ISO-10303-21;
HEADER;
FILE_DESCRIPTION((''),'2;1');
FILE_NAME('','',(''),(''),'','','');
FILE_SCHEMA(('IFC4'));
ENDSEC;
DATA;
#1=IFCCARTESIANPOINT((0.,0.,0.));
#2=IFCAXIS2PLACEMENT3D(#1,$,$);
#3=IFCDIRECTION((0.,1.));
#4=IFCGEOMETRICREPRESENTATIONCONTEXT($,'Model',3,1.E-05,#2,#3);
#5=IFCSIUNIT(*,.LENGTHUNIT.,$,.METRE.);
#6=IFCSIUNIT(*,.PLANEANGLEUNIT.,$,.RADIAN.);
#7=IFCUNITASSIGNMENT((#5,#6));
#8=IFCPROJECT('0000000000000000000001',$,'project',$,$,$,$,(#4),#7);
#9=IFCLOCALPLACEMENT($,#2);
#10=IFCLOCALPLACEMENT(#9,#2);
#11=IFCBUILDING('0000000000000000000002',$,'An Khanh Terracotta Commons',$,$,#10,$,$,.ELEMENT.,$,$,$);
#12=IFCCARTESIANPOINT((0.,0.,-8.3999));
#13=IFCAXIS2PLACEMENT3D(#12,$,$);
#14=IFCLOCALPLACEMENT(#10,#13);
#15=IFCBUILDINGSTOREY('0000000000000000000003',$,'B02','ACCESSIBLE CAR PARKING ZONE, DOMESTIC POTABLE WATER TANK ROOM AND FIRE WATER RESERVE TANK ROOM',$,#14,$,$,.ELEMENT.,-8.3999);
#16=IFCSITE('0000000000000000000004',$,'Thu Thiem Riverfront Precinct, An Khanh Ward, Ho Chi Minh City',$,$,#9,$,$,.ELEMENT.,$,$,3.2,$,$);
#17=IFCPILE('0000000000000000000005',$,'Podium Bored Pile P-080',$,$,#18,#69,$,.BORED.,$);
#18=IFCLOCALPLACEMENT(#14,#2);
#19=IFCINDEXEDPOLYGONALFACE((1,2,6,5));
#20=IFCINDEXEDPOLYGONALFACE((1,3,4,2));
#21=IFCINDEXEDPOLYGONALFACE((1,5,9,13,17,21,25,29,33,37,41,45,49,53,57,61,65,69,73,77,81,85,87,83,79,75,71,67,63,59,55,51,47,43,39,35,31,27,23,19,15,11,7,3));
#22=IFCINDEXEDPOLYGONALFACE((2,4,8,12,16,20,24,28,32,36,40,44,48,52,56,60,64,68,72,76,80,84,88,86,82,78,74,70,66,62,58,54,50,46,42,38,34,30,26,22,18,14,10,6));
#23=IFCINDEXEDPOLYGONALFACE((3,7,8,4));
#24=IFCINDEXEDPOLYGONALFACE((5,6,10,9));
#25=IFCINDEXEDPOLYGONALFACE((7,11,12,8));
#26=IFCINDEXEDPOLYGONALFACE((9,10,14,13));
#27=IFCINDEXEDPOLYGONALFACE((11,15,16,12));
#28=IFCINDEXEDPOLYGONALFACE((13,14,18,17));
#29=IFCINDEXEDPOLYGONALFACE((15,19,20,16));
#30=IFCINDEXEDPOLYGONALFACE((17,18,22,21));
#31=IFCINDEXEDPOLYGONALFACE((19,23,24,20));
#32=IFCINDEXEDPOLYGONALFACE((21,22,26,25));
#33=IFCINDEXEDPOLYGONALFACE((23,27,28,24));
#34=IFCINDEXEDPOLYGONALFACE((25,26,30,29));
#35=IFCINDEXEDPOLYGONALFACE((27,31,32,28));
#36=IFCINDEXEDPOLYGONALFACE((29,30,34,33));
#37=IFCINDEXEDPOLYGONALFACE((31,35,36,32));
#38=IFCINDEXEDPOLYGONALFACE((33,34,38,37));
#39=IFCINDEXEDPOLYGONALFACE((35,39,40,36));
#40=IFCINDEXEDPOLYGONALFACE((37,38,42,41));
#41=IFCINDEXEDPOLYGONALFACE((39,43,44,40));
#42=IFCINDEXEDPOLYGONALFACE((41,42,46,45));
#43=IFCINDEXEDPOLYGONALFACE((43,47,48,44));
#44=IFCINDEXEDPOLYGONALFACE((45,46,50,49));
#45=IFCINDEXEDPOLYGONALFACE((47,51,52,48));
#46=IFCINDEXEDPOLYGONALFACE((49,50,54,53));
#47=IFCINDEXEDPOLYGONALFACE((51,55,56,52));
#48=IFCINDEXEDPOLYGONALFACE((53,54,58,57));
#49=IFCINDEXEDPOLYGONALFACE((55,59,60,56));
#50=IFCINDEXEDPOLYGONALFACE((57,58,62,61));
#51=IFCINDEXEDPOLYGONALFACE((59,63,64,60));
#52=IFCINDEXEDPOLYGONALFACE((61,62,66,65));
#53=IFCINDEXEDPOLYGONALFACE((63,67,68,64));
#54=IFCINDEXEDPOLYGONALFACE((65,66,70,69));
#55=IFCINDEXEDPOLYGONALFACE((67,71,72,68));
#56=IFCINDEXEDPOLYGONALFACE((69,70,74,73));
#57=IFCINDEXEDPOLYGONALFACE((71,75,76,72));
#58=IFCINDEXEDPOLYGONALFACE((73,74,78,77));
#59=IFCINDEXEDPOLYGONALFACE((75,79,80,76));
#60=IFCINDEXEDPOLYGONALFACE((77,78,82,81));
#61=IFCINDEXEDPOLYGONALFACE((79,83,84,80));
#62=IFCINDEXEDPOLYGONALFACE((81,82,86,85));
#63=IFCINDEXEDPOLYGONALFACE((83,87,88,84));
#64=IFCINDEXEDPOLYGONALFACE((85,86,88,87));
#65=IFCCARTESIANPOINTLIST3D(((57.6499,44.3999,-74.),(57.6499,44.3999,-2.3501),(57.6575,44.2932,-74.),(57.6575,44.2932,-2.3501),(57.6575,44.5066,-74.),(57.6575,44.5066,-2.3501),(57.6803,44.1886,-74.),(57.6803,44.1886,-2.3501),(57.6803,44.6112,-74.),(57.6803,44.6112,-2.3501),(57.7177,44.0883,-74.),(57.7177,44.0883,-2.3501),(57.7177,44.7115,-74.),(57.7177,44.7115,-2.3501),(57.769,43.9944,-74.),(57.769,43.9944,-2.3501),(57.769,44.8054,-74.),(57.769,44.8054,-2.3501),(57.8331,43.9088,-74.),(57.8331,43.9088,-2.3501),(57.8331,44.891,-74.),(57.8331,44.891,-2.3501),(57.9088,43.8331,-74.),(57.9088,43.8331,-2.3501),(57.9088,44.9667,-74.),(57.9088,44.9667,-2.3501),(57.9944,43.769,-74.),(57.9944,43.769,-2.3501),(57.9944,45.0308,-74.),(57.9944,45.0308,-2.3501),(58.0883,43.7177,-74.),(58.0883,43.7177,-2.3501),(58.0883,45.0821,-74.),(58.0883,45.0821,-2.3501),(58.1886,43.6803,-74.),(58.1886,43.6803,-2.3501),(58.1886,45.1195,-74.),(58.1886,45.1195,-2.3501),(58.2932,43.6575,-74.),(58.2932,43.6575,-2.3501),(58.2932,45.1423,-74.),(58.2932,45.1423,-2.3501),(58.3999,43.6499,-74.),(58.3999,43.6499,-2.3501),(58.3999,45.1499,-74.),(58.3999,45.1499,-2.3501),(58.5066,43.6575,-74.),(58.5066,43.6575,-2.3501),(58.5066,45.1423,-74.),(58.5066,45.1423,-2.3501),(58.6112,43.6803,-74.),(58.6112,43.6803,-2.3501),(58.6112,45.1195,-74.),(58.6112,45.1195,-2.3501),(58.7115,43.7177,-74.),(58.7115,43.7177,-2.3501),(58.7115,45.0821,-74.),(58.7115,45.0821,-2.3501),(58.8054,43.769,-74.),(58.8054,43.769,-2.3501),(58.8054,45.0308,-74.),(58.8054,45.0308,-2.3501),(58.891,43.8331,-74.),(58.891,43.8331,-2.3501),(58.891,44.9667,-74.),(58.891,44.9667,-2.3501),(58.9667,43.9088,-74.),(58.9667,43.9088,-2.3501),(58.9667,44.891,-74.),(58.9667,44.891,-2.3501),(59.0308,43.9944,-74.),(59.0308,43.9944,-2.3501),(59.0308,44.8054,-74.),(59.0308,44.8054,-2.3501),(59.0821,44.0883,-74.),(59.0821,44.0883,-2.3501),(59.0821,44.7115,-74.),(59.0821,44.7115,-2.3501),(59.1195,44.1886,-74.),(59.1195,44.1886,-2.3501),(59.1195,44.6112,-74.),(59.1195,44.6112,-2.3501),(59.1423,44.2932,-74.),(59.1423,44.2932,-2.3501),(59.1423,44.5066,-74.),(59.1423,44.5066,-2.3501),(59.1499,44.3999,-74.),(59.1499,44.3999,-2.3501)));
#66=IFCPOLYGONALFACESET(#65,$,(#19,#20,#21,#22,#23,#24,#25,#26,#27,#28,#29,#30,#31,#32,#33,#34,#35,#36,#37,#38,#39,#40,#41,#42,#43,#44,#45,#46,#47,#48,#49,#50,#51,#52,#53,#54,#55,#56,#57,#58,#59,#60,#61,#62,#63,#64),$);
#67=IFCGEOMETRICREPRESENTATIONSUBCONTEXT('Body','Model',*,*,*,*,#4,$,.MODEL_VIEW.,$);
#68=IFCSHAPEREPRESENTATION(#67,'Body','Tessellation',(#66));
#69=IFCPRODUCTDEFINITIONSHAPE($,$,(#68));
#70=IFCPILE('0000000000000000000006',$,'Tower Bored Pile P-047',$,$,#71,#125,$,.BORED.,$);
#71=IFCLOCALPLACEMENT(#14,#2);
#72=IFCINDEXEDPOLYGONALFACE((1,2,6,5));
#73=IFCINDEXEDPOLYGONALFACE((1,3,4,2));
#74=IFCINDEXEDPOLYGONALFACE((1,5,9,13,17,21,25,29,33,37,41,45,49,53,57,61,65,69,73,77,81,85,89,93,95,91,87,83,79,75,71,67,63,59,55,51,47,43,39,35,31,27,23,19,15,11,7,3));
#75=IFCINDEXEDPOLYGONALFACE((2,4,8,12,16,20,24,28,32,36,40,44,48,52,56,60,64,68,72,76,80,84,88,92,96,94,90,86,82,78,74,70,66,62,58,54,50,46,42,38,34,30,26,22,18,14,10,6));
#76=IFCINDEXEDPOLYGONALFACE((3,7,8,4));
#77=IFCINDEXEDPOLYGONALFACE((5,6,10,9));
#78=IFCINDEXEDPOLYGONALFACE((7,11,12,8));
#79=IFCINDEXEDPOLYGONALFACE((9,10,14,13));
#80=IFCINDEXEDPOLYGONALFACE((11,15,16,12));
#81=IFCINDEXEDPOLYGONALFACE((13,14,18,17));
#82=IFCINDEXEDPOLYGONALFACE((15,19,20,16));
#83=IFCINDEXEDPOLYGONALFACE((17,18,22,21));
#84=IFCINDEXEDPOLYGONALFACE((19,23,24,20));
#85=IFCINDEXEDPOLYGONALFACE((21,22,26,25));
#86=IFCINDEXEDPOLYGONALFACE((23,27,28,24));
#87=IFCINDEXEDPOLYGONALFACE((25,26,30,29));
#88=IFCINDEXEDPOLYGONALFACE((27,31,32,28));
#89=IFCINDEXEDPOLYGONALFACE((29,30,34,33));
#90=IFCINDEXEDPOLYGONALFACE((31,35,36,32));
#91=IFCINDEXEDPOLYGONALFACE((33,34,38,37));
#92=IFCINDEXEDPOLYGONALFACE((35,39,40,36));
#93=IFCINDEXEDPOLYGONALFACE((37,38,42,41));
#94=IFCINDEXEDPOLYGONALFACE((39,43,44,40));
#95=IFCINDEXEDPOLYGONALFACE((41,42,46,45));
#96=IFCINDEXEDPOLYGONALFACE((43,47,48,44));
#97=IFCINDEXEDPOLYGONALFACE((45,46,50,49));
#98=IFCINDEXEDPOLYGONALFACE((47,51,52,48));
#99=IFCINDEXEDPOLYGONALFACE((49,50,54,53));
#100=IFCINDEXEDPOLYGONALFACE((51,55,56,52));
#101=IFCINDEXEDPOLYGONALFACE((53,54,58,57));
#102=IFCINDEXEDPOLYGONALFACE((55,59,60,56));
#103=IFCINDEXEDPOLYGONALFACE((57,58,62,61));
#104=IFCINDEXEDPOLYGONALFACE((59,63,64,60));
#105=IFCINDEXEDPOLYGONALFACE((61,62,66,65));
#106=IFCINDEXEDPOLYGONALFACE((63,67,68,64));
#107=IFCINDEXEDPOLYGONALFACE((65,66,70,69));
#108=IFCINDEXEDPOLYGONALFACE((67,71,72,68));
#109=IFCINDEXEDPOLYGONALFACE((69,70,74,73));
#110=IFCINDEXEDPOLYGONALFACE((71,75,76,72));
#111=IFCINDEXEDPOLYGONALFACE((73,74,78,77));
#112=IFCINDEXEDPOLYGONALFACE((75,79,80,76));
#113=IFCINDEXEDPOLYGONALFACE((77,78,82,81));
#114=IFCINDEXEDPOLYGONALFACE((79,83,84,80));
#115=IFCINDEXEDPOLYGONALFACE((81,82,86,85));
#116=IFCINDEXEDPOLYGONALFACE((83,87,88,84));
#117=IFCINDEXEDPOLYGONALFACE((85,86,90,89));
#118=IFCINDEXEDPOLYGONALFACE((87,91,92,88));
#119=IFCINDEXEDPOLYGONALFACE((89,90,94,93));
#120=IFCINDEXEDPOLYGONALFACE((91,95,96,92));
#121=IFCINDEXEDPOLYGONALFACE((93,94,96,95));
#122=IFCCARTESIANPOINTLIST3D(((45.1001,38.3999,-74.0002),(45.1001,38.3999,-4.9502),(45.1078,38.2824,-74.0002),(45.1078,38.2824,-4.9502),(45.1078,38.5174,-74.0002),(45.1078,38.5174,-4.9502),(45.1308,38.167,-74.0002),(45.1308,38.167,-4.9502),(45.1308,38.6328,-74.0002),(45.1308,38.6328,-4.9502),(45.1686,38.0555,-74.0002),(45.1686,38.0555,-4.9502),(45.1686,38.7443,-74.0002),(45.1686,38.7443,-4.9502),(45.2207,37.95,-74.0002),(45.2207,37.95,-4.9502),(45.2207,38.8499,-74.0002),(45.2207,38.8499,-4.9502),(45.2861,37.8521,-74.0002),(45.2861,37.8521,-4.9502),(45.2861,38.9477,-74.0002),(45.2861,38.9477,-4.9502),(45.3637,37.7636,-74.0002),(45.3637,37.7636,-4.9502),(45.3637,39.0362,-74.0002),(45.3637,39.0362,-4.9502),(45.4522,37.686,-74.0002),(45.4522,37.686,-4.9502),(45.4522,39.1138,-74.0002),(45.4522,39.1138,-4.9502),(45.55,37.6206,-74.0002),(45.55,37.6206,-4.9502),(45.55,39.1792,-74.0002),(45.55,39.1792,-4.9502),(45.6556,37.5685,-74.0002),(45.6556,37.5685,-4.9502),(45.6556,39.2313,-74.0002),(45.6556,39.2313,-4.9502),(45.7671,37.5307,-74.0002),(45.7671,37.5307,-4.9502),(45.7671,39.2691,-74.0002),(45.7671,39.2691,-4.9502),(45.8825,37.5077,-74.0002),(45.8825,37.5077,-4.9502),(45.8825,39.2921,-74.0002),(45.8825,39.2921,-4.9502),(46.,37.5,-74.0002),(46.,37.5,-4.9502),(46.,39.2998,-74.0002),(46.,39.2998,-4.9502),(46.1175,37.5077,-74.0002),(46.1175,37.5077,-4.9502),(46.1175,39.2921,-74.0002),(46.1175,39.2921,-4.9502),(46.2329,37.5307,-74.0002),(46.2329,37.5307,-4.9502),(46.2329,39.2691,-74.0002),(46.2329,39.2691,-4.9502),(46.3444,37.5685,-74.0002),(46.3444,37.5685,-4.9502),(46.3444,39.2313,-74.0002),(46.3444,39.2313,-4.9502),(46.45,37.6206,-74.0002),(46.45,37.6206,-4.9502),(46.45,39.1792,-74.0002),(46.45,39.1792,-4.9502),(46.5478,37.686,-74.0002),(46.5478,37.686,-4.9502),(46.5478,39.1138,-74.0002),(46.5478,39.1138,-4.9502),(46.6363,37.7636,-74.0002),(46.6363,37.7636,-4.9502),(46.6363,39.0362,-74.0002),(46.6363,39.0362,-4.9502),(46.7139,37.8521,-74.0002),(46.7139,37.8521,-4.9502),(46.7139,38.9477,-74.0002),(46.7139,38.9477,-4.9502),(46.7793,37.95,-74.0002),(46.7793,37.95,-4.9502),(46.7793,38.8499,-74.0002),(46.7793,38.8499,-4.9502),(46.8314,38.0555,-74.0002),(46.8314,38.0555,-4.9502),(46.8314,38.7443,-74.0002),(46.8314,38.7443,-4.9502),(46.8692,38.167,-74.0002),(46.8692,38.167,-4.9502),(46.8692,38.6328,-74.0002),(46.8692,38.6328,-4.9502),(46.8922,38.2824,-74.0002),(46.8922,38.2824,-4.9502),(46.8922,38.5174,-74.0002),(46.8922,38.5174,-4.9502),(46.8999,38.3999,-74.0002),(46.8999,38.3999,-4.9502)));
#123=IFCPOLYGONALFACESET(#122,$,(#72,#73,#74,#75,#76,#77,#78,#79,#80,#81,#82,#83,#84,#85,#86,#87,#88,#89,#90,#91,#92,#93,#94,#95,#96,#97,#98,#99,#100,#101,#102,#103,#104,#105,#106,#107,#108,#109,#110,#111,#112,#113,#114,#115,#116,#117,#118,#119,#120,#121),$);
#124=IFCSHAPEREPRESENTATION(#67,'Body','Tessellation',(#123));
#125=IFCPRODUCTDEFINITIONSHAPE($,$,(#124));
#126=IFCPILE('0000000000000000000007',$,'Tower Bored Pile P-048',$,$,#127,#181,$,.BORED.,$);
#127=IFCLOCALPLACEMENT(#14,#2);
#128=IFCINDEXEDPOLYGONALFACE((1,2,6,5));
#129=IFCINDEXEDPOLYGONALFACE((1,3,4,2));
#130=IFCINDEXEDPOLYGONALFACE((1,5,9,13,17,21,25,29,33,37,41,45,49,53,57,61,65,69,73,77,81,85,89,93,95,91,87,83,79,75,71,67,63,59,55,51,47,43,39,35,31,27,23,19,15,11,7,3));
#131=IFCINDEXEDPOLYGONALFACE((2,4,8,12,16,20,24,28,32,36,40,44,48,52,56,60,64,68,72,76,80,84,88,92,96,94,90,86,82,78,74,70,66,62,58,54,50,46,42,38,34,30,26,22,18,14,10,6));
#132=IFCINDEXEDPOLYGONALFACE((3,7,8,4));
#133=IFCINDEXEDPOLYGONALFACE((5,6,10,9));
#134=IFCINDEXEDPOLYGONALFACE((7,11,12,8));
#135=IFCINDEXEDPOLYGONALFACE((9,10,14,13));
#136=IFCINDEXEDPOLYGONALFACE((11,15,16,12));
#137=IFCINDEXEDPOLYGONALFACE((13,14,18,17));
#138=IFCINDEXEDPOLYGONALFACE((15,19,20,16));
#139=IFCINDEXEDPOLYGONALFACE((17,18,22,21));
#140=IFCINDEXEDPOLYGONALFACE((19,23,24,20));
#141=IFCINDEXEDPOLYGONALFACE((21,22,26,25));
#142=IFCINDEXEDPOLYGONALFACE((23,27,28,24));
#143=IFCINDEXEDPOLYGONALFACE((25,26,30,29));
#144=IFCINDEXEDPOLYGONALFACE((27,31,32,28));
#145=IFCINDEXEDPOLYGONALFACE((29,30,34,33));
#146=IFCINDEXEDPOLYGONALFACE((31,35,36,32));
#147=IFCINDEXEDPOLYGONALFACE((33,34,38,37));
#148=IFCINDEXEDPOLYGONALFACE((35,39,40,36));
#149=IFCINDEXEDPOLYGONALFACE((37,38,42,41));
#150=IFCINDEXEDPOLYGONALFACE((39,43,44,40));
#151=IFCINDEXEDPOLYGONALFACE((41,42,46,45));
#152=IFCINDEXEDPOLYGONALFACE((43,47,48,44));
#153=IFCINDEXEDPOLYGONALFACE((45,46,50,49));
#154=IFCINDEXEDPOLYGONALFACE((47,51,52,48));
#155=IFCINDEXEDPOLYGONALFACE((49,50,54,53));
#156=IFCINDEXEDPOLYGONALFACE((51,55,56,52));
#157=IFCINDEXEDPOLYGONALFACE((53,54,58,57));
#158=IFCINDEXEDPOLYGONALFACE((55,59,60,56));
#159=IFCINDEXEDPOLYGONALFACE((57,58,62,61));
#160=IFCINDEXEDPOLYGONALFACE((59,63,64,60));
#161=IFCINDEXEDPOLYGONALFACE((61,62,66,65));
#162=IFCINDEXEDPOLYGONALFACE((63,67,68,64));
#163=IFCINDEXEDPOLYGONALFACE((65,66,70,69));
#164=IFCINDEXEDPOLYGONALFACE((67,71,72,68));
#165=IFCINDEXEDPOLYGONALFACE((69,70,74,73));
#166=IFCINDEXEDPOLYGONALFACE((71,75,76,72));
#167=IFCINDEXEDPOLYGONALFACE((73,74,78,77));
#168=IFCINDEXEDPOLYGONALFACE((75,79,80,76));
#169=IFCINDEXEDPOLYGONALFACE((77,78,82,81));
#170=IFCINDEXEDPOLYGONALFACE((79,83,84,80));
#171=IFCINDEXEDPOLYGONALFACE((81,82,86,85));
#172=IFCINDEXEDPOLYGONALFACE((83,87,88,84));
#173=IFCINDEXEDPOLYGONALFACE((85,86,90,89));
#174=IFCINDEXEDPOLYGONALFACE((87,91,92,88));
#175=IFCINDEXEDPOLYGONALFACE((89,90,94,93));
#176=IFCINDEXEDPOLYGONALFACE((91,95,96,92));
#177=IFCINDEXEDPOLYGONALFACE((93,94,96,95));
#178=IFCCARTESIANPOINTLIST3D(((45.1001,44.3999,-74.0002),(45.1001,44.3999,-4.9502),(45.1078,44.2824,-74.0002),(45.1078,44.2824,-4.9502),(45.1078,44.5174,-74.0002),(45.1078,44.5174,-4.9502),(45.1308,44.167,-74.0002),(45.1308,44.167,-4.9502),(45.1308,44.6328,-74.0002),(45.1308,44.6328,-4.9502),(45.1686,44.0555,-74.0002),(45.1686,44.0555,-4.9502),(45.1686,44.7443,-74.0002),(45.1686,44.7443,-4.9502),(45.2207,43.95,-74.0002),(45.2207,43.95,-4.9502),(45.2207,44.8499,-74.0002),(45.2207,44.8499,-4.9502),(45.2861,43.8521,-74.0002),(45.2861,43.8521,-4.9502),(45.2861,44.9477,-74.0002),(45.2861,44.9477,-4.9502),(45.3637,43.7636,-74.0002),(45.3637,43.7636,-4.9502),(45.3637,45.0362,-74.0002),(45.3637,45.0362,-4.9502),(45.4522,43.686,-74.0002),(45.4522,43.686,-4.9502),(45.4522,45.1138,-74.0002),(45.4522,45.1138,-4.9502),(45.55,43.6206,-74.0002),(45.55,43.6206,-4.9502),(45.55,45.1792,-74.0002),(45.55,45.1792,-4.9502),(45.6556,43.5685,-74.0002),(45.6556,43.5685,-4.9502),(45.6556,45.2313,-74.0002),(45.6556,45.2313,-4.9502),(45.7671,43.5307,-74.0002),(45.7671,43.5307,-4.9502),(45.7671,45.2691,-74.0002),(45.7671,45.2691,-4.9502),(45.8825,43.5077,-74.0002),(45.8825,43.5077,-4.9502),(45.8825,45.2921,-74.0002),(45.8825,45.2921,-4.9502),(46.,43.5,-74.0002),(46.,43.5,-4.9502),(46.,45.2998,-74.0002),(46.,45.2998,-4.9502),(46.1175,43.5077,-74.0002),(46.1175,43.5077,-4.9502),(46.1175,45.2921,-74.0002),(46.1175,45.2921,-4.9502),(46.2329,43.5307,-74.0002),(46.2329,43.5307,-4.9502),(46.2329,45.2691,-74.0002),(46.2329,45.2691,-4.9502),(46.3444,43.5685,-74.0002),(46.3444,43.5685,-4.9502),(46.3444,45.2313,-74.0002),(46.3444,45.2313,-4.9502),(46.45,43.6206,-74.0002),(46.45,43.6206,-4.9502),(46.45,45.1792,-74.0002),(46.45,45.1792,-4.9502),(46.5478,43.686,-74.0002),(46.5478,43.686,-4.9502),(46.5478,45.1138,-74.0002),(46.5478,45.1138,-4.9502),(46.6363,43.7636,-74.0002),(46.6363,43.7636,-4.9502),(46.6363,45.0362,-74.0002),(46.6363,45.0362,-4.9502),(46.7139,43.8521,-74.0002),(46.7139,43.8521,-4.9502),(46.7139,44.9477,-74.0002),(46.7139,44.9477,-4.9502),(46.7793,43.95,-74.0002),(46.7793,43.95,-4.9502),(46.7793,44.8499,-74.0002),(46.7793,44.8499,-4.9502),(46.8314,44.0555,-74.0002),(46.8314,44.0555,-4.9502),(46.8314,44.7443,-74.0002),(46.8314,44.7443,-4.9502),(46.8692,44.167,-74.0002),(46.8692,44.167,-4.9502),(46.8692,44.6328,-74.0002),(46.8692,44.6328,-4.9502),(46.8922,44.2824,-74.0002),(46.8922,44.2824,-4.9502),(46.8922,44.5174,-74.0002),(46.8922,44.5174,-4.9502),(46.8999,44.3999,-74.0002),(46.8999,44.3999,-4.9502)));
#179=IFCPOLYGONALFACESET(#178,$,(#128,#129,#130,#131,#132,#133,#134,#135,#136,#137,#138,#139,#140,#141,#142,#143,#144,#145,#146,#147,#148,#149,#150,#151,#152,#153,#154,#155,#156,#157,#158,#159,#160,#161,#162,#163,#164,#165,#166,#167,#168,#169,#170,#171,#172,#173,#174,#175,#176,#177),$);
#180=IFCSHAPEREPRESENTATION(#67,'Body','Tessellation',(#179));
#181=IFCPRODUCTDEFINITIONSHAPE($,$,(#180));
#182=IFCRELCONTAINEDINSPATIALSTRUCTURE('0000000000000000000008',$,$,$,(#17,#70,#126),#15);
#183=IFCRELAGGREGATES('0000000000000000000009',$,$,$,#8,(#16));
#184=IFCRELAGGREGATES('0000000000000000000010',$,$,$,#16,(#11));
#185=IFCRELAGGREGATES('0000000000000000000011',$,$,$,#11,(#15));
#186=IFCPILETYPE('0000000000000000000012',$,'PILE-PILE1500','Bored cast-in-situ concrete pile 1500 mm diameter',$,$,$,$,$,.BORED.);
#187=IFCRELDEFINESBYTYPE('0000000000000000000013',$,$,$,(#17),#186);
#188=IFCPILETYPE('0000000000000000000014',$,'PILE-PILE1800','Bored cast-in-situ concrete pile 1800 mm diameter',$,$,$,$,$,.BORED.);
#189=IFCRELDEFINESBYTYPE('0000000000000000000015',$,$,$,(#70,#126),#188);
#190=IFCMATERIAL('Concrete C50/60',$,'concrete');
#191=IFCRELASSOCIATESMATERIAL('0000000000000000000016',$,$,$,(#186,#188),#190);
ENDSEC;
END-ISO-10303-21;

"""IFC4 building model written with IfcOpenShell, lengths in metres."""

from ifc_helpers import new_model, si_unit, direction, frame, origin, origin_2d, place, context, subcontext, project, spatial, circle, extrude, material, material_profile, profile_set, type_object, element, save


model = new_model("IFC4")

# Units and contexts
model_context = context("Model", 3, precision=1e-05, world=origin(), true_north=direction((0.0, 1.0)))
body_context = subcontext(model_context, "Body", "Model", "MODEL_VIEW")
ifc_project = project(units=[si_unit("LENGTHUNIT", "METRE"), si_unit("PLANEANGLEUNIT", "RADIAN")], contexts=[model_context])

# Site, building, storey
site_placement = place(None, origin())
site = spatial("IfcSite", under=ifc_project, at=site_placement, Name="Thu Thiem Riverfront Precinct, An Khanh Ward, Ho Chi Minh City", CompositionType="ELEMENT", RefElevation=3.2)
building_placement = place(site_placement, origin())
building = spatial("IfcBuilding", under=site, at=building_placement, Name="An Khanh Terracotta Commons", CompositionType="ELEMENT")
storey_placement = place(building_placement, frame((0.0, 0.0, -8.3999)))
storey = spatial("IfcBuildingStorey", under=building, at=storey_placement, Name="B02", Description="ACCESSIBLE CAR PARKING ZONE, DOMESTIC POTABLE WATER TANK ROOM AND FIRE WATER RESERVE TANK ROOM", CompositionType="ELEMENT", Elevation=-8.3999)

# Shared definitions
ifc_material_1 = material(Name="Concrete C50/60", Category="concrete")

# Piles
ifc_material_profile_1 = material_profile(ifc_material_1, circle(Radius=0.75, at=origin_2d()), Name="PILE1500")
ifc_profile_set_1 = profile_set([ifc_material_profile_1], Name="Concrete C50/60")
pile_type_1 = type_object("IfcPileType", Name="PILE-PILE1500", Description="Bored cast-in-situ concrete pile 1500 mm diameter", PredefinedType="BORED", material=ifc_profile_set_1)
for number, where, z_axis, x_axis, name in (
    (1, (58.3999, 44.3999, -2.3501), (0.0, 0.0, -1.0), (1.0, 0.0, 0.0), "Podium Bored Pile P-080"),
):
    element("IfcPile", number, at=place(storey_placement, frame(where, z_axis=z_axis, x_axis=x_axis)), inside=storey, type_object=pile_type_1, Name=name, PredefinedType="BORED", context=body_context, shape_type="SweptSolid", body=[
        extrude(circle(Radius=0.75, at=origin_2d()), origin(), (0.0, 0.0, 1.0), 71.6499),
    ])
ifc_material_profile_2 = material_profile(ifc_material_1, circle(Radius=0.8999, at=origin_2d()), Name="PILE1800")
ifc_profile_set_2 = profile_set([ifc_material_profile_2], Name="Concrete C50/60")
pile_type_2 = type_object("IfcPileType", Name="PILE-PILE1800", Description="Bored cast-in-situ concrete pile 1800 mm diameter", PredefinedType="BORED", material=ifc_profile_set_2)
for number, where, z_axis, x_axis, name in (
    (2, (46.0, 38.3999, -4.9502), (0.0, 0.0, -1.0), (1.0, 0.0, 0.0), "Tower Bored Pile P-047"),
    (3, (46.0, 44.3999, -4.9502), (0.0, 0.0, -1.0), (1.0, 0.0, 0.0), "Tower Bored Pile P-048"),
):
    element("IfcPile", number, at=place(storey_placement, frame(where, z_axis=z_axis, x_axis=x_axis)), inside=storey, type_object=pile_type_2, Name=name, PredefinedType="BORED", context=body_context, shape_type="SweptSolid", body=[
        extrude(circle(Radius=0.8999, at=origin_2d()), origin(), (0.0, 0.0, 1.0), 69.05),
    ])

save(model, "model.ifc")
